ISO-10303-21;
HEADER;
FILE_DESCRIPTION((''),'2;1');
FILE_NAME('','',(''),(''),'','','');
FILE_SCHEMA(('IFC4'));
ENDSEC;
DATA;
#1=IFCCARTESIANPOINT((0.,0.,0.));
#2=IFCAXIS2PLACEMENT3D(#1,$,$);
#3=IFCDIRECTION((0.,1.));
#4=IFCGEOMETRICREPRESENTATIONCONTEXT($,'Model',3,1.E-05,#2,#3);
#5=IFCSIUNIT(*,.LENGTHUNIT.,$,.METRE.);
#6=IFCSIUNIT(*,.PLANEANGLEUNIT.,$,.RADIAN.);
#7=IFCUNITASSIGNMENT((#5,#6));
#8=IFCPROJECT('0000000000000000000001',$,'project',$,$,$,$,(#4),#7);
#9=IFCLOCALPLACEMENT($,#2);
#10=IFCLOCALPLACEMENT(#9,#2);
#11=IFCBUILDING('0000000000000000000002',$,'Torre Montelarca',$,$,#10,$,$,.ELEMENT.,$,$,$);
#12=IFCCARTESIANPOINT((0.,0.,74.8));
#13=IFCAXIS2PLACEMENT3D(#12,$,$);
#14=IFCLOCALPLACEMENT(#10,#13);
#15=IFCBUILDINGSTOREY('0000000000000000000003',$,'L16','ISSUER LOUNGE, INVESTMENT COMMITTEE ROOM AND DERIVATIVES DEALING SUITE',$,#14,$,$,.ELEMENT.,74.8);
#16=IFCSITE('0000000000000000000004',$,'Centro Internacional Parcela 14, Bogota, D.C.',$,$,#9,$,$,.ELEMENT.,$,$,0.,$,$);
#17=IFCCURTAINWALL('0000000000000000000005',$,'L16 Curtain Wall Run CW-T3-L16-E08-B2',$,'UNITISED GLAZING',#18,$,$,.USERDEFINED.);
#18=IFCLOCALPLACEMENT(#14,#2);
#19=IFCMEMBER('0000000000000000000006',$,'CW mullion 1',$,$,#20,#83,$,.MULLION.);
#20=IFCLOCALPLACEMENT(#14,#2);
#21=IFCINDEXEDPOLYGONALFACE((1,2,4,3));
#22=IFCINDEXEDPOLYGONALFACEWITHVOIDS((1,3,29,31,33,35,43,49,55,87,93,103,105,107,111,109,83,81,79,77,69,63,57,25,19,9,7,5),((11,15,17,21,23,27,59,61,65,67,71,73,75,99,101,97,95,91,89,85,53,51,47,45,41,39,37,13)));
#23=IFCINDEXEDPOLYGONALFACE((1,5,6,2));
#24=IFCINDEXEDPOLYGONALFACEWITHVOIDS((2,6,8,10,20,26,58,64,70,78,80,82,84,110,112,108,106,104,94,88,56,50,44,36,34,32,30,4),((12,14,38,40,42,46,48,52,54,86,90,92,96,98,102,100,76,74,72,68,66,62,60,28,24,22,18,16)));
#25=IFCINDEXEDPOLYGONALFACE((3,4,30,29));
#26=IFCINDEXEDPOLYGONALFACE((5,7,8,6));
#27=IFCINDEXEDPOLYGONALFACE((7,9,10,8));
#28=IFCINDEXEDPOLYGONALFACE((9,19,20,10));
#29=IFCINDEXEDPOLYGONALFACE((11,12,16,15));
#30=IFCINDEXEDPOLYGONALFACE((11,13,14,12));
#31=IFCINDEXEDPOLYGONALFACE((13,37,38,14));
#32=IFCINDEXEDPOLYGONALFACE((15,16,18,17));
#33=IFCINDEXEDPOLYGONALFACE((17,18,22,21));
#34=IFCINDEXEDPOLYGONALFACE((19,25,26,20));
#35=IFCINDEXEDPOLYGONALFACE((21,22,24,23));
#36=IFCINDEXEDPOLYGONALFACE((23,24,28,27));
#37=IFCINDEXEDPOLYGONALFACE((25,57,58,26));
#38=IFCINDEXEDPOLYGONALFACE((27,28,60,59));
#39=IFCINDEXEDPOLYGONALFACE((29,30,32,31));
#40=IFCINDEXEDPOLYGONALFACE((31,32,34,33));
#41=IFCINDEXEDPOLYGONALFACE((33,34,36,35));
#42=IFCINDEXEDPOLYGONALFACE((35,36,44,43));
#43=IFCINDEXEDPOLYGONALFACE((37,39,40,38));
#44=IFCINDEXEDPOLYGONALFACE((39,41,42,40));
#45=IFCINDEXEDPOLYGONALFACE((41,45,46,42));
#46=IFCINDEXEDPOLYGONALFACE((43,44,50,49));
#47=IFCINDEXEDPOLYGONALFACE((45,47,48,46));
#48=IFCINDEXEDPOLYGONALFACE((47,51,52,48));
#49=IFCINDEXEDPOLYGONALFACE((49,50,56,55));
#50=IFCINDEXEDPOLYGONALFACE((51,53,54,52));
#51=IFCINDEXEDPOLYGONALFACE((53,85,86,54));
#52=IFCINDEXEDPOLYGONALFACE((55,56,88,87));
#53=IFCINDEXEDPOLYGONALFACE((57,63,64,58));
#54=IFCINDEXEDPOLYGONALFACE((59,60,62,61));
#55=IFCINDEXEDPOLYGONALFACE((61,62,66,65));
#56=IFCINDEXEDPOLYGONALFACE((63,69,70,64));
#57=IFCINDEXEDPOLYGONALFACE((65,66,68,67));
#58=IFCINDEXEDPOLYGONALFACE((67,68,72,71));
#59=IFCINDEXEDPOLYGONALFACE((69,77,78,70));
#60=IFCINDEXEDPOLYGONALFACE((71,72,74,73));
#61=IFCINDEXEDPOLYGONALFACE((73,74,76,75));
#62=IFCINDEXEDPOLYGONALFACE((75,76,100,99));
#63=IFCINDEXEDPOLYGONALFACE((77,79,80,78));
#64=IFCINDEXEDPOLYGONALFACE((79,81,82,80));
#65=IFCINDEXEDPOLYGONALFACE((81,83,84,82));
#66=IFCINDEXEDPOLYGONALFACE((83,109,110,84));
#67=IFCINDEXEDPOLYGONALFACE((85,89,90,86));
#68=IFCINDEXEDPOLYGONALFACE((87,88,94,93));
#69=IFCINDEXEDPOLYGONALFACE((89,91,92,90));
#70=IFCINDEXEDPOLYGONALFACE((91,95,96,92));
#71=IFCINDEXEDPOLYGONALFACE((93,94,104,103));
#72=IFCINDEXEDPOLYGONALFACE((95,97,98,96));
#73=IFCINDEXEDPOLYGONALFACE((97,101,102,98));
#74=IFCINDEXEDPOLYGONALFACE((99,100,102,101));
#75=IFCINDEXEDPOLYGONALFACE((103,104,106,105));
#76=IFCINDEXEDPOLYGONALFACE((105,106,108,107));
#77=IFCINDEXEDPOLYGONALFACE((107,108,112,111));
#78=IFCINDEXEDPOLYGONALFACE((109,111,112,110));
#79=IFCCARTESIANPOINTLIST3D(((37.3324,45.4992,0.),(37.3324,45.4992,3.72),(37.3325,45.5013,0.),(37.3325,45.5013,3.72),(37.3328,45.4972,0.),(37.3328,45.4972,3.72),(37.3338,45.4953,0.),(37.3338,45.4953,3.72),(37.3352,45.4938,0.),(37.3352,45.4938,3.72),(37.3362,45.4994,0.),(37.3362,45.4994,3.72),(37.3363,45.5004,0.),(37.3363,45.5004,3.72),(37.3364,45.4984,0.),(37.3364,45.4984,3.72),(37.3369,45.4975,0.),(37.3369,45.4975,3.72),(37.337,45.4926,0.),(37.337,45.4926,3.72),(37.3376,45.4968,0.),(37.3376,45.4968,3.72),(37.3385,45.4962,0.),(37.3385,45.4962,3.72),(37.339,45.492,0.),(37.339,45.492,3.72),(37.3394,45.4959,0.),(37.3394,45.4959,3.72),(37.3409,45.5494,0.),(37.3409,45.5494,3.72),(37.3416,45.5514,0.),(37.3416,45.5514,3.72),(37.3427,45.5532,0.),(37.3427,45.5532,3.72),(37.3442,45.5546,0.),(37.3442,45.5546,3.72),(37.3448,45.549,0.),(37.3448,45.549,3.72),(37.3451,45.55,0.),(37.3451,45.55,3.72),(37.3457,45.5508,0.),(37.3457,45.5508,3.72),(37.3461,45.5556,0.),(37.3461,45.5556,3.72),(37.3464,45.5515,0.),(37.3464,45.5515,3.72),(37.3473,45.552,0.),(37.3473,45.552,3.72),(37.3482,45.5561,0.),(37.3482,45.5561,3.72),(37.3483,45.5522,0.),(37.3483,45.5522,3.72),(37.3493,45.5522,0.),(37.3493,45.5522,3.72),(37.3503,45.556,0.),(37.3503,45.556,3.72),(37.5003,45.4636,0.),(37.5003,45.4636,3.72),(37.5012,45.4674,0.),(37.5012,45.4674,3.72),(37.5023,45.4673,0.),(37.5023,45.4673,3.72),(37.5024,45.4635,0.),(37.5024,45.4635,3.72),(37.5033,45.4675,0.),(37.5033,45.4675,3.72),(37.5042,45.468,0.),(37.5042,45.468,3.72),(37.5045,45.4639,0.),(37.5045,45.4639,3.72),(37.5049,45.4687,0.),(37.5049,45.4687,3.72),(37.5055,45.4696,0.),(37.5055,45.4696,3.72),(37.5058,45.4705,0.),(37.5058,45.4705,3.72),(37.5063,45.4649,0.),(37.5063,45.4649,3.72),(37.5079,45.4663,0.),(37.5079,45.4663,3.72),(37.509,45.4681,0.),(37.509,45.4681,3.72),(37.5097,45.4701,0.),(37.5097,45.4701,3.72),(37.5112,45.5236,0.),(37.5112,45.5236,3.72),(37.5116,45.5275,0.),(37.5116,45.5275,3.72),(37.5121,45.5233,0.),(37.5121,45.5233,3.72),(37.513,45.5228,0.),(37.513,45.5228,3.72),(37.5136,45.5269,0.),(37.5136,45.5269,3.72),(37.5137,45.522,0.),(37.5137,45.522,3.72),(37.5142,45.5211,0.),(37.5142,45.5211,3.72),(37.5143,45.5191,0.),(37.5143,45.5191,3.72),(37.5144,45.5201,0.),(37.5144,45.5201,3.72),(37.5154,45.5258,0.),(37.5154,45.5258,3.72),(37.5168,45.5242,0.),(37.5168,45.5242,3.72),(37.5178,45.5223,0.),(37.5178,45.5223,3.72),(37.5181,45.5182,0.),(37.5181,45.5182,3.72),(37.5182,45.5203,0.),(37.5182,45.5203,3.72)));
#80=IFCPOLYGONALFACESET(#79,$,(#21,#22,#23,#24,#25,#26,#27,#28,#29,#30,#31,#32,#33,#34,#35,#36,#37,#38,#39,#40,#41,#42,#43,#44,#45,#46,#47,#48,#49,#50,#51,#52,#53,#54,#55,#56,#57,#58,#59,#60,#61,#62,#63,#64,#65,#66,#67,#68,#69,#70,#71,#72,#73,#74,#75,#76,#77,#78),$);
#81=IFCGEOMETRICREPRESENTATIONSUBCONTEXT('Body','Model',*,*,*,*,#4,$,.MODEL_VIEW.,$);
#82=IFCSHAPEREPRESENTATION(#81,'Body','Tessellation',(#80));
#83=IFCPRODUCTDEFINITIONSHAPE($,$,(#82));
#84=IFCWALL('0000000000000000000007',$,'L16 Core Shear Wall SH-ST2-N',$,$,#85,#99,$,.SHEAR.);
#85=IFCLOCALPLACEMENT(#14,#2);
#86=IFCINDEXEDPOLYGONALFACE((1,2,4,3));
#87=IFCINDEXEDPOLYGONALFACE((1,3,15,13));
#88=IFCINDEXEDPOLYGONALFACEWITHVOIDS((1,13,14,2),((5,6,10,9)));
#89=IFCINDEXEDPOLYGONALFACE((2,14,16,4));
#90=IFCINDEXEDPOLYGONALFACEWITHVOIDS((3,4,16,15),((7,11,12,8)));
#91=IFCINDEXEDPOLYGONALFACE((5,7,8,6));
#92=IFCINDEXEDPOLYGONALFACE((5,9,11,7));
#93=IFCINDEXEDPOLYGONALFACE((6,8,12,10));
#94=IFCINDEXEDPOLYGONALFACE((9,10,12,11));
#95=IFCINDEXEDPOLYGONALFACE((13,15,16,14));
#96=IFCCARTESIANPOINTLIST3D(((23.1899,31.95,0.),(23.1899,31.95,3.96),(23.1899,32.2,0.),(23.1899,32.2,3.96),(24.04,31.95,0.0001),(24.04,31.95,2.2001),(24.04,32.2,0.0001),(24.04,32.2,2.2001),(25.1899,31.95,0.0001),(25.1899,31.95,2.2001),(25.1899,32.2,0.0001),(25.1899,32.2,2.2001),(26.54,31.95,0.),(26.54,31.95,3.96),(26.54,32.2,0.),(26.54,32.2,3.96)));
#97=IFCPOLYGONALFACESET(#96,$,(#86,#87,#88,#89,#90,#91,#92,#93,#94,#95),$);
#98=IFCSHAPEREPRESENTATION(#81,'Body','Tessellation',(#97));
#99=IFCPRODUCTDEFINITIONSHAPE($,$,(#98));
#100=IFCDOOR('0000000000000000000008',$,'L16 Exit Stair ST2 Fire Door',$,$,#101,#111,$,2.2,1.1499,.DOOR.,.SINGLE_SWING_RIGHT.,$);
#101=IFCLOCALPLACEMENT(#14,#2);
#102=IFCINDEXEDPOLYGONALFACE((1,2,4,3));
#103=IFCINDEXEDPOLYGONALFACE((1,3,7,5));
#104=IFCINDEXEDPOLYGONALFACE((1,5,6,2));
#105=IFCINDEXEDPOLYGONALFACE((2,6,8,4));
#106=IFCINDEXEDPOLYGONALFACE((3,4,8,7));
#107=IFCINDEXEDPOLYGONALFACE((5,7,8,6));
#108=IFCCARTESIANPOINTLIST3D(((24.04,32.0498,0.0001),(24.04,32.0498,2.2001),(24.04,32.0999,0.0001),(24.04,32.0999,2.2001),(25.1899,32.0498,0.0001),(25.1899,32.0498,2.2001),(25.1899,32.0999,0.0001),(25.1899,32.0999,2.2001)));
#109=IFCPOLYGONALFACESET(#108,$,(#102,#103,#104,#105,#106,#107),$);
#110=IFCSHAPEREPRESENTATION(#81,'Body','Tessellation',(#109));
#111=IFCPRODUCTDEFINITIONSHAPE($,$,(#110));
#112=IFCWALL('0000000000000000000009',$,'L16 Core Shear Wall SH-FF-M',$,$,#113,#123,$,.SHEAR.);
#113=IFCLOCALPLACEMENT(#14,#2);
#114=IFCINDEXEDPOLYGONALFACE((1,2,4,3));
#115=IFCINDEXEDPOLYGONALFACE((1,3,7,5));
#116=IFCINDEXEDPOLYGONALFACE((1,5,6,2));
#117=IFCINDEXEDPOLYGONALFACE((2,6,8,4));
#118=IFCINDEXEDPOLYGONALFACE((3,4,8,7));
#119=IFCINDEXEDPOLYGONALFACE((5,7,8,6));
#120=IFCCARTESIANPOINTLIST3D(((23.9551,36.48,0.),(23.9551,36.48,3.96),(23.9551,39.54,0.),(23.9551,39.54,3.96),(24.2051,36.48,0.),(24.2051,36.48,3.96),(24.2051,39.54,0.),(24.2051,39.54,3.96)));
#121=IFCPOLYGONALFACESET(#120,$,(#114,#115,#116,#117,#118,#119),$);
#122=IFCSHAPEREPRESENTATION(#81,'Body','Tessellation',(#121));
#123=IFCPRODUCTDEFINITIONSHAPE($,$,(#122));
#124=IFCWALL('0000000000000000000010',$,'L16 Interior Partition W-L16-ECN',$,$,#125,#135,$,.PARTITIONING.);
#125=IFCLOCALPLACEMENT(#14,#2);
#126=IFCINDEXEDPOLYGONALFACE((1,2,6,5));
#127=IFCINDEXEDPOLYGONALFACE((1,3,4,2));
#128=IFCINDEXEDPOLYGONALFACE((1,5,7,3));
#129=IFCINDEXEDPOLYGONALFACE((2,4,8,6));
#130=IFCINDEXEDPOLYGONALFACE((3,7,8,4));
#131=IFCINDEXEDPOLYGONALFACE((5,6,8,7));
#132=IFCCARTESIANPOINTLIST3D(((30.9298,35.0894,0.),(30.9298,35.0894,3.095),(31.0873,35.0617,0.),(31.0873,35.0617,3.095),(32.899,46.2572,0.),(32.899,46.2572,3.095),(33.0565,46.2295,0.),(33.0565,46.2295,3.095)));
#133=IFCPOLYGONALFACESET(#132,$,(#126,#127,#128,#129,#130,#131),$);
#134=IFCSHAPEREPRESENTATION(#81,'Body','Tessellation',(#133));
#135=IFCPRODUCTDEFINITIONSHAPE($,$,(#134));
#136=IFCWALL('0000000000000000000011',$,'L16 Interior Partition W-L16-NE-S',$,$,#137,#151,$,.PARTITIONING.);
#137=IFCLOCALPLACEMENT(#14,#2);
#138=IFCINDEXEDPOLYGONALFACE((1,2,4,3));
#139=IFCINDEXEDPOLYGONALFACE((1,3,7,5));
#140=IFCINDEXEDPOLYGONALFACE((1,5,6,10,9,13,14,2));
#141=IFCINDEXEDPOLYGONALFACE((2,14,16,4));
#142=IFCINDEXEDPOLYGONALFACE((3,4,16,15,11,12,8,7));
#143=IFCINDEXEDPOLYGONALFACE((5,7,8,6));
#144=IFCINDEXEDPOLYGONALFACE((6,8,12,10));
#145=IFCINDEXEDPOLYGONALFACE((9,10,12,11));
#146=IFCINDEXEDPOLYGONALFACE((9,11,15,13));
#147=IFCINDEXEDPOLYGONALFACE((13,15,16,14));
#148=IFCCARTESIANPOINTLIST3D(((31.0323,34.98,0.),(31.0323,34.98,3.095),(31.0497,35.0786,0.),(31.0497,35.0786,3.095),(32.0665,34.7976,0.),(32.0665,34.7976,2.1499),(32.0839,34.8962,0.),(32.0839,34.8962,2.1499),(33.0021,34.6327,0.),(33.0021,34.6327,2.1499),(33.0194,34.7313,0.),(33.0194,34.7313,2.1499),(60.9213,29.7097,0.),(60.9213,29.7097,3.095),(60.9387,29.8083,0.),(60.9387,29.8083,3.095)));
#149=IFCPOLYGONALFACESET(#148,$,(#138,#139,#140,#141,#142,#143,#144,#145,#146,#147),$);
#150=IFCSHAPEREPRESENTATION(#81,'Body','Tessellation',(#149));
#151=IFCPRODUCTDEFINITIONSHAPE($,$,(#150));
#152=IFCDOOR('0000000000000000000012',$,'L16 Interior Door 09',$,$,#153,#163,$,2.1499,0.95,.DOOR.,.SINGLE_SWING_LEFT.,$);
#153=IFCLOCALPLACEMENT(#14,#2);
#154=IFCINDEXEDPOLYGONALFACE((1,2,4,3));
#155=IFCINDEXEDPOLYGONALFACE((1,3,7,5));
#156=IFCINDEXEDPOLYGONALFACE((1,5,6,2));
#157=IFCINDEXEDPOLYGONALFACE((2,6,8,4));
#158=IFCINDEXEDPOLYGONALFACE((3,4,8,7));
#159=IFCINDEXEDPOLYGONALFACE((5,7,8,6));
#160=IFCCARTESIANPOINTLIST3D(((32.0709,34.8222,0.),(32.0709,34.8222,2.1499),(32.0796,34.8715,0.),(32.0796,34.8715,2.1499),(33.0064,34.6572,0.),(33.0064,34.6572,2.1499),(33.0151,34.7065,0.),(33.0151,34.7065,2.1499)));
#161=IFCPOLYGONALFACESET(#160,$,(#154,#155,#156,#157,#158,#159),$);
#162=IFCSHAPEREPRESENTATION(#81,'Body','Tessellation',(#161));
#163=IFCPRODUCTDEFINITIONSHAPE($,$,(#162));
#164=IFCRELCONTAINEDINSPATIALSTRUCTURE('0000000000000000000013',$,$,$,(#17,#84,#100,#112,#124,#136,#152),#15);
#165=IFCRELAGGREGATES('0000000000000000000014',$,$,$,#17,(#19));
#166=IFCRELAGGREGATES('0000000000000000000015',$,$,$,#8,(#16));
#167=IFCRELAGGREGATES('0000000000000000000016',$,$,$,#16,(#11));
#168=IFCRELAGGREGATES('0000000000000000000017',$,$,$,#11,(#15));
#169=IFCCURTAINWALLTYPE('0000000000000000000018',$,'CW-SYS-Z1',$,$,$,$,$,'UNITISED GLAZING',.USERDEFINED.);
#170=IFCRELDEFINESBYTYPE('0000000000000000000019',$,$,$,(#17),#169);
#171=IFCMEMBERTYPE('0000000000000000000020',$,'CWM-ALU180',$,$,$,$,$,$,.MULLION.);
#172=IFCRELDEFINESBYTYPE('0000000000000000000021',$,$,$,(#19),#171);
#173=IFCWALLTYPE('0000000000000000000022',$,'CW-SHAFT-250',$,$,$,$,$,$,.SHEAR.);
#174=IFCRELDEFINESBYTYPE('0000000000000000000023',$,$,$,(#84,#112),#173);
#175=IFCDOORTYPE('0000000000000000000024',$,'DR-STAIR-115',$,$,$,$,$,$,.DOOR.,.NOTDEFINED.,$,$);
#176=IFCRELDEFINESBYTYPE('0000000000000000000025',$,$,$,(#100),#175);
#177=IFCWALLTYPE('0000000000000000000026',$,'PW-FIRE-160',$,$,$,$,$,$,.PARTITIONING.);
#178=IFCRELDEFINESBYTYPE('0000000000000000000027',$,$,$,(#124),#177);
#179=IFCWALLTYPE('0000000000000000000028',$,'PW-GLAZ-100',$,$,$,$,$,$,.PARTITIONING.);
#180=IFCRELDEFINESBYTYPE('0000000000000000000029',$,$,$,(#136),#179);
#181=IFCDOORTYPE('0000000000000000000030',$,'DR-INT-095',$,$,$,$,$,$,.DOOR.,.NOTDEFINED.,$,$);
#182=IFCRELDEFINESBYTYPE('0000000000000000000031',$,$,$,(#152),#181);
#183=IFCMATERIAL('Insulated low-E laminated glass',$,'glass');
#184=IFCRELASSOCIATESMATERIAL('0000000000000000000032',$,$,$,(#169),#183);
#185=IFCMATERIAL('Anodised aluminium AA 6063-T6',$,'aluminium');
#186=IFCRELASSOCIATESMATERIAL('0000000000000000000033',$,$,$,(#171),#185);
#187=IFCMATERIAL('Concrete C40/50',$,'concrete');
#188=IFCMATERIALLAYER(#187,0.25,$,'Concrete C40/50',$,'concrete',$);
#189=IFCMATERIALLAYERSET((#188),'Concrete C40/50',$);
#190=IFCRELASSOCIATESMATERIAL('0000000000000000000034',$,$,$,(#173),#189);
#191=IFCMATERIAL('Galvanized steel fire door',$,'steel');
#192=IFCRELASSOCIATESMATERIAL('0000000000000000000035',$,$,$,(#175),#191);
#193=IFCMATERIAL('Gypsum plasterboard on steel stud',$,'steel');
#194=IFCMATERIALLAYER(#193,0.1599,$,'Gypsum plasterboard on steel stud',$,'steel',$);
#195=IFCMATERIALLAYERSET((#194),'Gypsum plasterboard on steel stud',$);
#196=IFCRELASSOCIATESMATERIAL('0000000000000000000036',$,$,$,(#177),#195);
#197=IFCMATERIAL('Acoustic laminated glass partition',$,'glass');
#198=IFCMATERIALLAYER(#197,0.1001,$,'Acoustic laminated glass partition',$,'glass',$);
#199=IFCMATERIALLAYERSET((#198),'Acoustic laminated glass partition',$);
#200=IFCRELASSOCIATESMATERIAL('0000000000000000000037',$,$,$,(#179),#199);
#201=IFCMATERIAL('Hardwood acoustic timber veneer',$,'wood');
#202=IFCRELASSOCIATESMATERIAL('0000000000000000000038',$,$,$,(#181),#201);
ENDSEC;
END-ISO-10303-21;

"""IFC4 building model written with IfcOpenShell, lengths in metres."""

from ifc_helpers import new_model, si_unit, direction, frame, frame_2d, origin, origin_2d, place, context, subcontext, project, spatial, rectangle, hollow_rectangle, extrude, source, transform, mapped, material, layer, layer_set, material_profile, profile_set, type_object, element, fill, aggregate, save


model = new_model("IFC4")

# Units and contexts
model_context = context("Model", 3, precision=1e-05, world=origin(), true_north=direction((0.0, 1.0)))
body_context = subcontext(model_context, "Body", "Model", "MODEL_VIEW")
ifc_project = project(units=[si_unit("LENGTHUNIT", "METRE"), si_unit("PLANEANGLEUNIT", "RADIAN")], contexts=[model_context])

# Site, building, storey
site_placement = place(None, origin())
site = spatial("IfcSite", under=ifc_project, at=site_placement, Name="Centro Internacional Parcela 14, Bogota, D.C.", CompositionType="ELEMENT", RefElevation=0.0)
building_placement = place(site_placement, origin())
building = spatial("IfcBuilding", under=site, at=building_placement, Name="Torre Montelarca", CompositionType="ELEMENT")
storey_placement = place(building_placement, frame((0.0, 0.0, 74.8)))
storey = spatial("IfcBuildingStorey", under=building, at=storey_placement, Name="L16", Description="ISSUER LOUNGE, INVESTMENT COMMITTEE ROOM AND DERIVATIVES DEALING SUITE", CompositionType="ELEMENT", Elevation=74.8)

# Curtain wall, member
ifc_material_1 = material(Name="Insulated low-E laminated glass", Category="glass")
curtain_wall_type = type_object("IfcCurtainWallType", Name="CW-SYS-Z1", ElementType="UNITISED GLAZING", PredefinedType="USERDEFINED", material=ifc_material_1)
ifc_material_2 = material(Name="Anodised aluminium AA 6063-T6", Category="aluminium")
ifc_material_profile_1 = material_profile(ifc_material_2, hollow_rectangle(XDim=0.0649, YDim=0.1799, WallThickness=0.0039, InnerFilletRadius=0.0039, OuterFilletRadius=0.0081, at=origin_2d()), Name="ALU65X180X4", Category="aluminium")
ifc_profile_set_1 = profile_set([ifc_material_profile_1], Name="Anodised aluminium AA 6063-T6")
member_type = type_object("IfcMemberType", Name="CWM-ALU180", PredefinedType="MULLION", material=ifc_profile_set_1)
shared_shape_1 = source(origin(), body_context, "Body", "SweptSolid", [
    extrude(hollow_rectangle(XDim=0.0649, YDim=0.1799, WallThickness=0.0039, InnerFilletRadius=0.0039, OuterFilletRadius=0.0081, at=origin_2d()), origin(), (0.0, 0.0, 1.0), 3.72),
])
curtain_wall_1_placement = place(storey_placement, origin())
curtain_wall_1 = element("IfcCurtainWall", 1, at=curtain_wall_1_placement, inside=storey, type_object=curtain_wall_type, Name="L16 Curtain Wall Run CW-T3-L16-E08-B2", ObjectType="UNITISED GLAZING", PredefinedType="USERDEFINED")
member_1_placement = place(storey_placement, frame((37.4253, 45.5098, 0.0), z_axis=(0.0, 0.0, 1.0), x_axis=(-0.17365, -0.984807, 0.0)))
member_1 = element("IfcMember", 2, at=member_1_placement, type_object=member_type, Name="CW mullion 1", PredefinedType="MULLION", context=body_context, shape_type="MappedRepresentation", body=[
    mapped(shared_shape_1, transform((0.0, 0.0, 0.0), scale=1.0)),
])
aggregate(curtain_wall_1, [member_1])

# Wall, opening, door
ifc_material_3 = material(Name="Concrete C40/50", Category="concrete")
ifc_layer_1 = layer(ifc_material_3, 0.25, Name="Concrete C40/50", Category="concrete")
ifc_layer_set_1 = layer_set([ifc_layer_1], Name="Concrete C40/50")
wall_type_1 = type_object("IfcWallType", Name="CW-SHAFT-250", PredefinedType="SHEAR", material=ifc_layer_set_1)
wall_1_placement = place(storey_placement, frame((23.1899, 32.075, 0.0), z_axis=(0.0, 0.0, 1.0), x_axis=(1.0, 0.0, 0.0)))
wall_1 = element("IfcWall", 3, at=wall_1_placement, inside=storey, type_object=wall_type_1, Name="L16 Core Shear Wall SH-ST2-N", PredefinedType="SHEAR", context=body_context, shape_type="SweptSolid", body=[
    extrude(rectangle(XDim=3.3501, YDim=0.25, at=frame_2d((1.675, 0.0))), origin(), (0.0, 0.0, 1.0), 3.96),
])
opening_1_placement = place(wall_1_placement, frame((0.8501, 0.0, 0.0)))
opening_1 = element("IfcOpeningElement", 4, at=opening_1_placement, cuts=wall_1, PredefinedType="OPENING", context=body_context, shape_type="SweptSolid", body=[
    extrude(rectangle(XDim=1.1499, YDim=2.2, at=frame_2d((0.575, 1.1001))), frame((0.0, 0.135, 0.0), z_axis=(0.0, -1.0, 0.0), x_axis=(1.0, 0.0, 0.0)), (0.0, 0.0, 1.0), 0.27),
])
ifc_material_4 = material(Name="Galvanized steel fire door", Category="steel")
door_type_1 = type_object("IfcDoorType", Name="DR-STAIR-115", OperationType="NOTDEFINED", PredefinedType="DOOR", material=ifc_material_4)
shared_shape_2 = source(origin(), body_context, "Body", "SweptSolid", [
    extrude(rectangle(XDim=1.1499, YDim=2.2, at=frame_2d((0.575, 1.1001))), frame((0.0, 0.0249, 0.0), z_axis=(0.0, -1.0, 0.0), x_axis=(1.0, 0.0, 0.0)), (0.0, 0.0, 1.0), 0.05),
])
door_1_placement = place(opening_1_placement, origin())
door_1 = element("IfcDoor", 5, at=door_1_placement, inside=storey, type_object=door_type_1, Name="L16 Exit Stair ST2 Fire Door", OperationType="SINGLE_SWING_RIGHT", OverallHeight=2.2, OverallWidth=1.1499, PredefinedType="DOOR", context=body_context, shape_type="MappedRepresentation", body=[
    mapped(shared_shape_2, transform((0.0, 0.0, 0.0), scale=1.0)),
])
fill(opening_1, door_1)

# Walls
wall_2_placement = place(storey_placement, frame((24.0801, 36.48, 0.0), z_axis=(0.0, 0.0, 1.0), x_axis=(0.0, 1.0, 0.0)))
element("IfcWall", 6, at=wall_2_placement, inside=storey, type_object=wall_type_1, Name="L16 Core Shear Wall SH-FF-M", PredefinedType="SHEAR", context=body_context, shape_type="SweptSolid", body=[
    extrude(rectangle(XDim=3.0601, YDim=0.25, at=frame_2d((1.53, 0.0))), origin(), (0.0, 0.0, 1.0), 3.96),
])
ifc_material_5 = material(Name="Gypsum plasterboard on steel stud", Category="steel")
ifc_layer_2 = layer(ifc_material_5, 0.1599, Name="Gypsum plasterboard on steel stud", Category="steel")
ifc_layer_set_2 = layer_set([ifc_layer_2], Name="Gypsum plasterboard on steel stud")
wall_type_2 = type_object("IfcWallType", Name="PW-FIRE-160", PredefinedType="PARTITIONING", material=ifc_layer_set_2)
wall_3_placement = place(storey_placement, frame((31.0085, 35.0757, 0.0), z_axis=(0.0, 0.0, 1.0), x_axis=(0.173654, 0.984807, 0.0)))
element("IfcWall", 7, at=wall_3_placement, inside=storey, type_object=wall_type_2, Name="L16 Interior Partition W-L16-ECN", PredefinedType="PARTITIONING", context=body_context, shape_type="SweptSolid", body=[
    extrude(rectangle(XDim=11.3401, YDim=0.1599, at=frame_2d((5.6699, 0.0))), origin(), (0.0, 0.0, 1.0), 3.095),
])

# Wall, opening, door
ifc_material_6 = material(Name="Acoustic laminated glass partition", Category="glass")
ifc_layer_3 = layer(ifc_material_6, 0.1001, Name="Acoustic laminated glass partition", Category="glass")
ifc_layer_set_3 = layer_set([ifc_layer_3], Name="Acoustic laminated glass partition")
wall_type_3 = type_object("IfcWallType", Name="PW-GLAZ-100", PredefinedType="PARTITIONING", material=ifc_layer_set_3)
wall_4_placement = place(storey_placement, frame((31.041, 35.0293, 0.0), z_axis=(0.0, 0.0, 1.0), x_axis=(0.984808, -0.173649, 0.0)))
wall_4 = element("IfcWall", 8, at=wall_4_placement, inside=storey, type_object=wall_type_3, Name="L16 Interior Partition W-L16-NE-S", PredefinedType="PARTITIONING", context=body_context, shape_type="SweptSolid", body=[
    extrude(rectangle(XDim=30.3501, YDim=0.1001, at=frame_2d((15.175, 0.0))), origin(), (0.0, 0.0, 1.0), 3.095),
])
opening_2_placement = place(wall_4_placement, frame((1.05, 0.0, 0.0)))
opening_2 = element("IfcOpeningElement", 9, at=opening_2_placement, cuts=wall_4, PredefinedType="OPENING", context=body_context, shape_type="SweptSolid", body=[
    extrude(rectangle(XDim=0.95, YDim=2.1499, at=frame_2d((0.4751, 1.075))), frame((0.0, 0.0601, 0.0), z_axis=(0.0, -1.0, 0.0), x_axis=(1.0, 0.0, 0.0)), (0.0, 0.0, 1.0), 0.1201),
])
ifc_material_7 = material(Name="Hardwood acoustic timber veneer", Category="wood")
door_type_2 = type_object("IfcDoorType", Name="DR-INT-095", OperationType="NOTDEFINED", PredefinedType="DOOR", material=ifc_material_7)
shared_shape_3 = source(origin(), body_context, "Body", "SweptSolid", [
    extrude(rectangle(XDim=0.95, YDim=2.1499, at=frame_2d((0.4751, 1.075))), frame((0.0, 0.0249, 0.0), z_axis=(0.0, -1.0, 0.0), x_axis=(1.0, 0.0, 0.0)), (0.0, 0.0, 1.0), 0.05),
])
door_2_placement = place(opening_2_placement, origin())
door_2 = element("IfcDoor", 10, at=door_2_placement, inside=storey, type_object=door_type_2, Name="L16 Interior Door 09", OperationType="SINGLE_SWING_LEFT", OverallHeight=2.1499, OverallWidth=0.95, PredefinedType="DOOR", context=body_context, shape_type="MappedRepresentation", body=[
    mapped(shared_shape_3, transform((0.0, 0.0, 0.0), scale=1.0)),
])
fill(opening_2, door_2)

save(model, "model.ifc")
